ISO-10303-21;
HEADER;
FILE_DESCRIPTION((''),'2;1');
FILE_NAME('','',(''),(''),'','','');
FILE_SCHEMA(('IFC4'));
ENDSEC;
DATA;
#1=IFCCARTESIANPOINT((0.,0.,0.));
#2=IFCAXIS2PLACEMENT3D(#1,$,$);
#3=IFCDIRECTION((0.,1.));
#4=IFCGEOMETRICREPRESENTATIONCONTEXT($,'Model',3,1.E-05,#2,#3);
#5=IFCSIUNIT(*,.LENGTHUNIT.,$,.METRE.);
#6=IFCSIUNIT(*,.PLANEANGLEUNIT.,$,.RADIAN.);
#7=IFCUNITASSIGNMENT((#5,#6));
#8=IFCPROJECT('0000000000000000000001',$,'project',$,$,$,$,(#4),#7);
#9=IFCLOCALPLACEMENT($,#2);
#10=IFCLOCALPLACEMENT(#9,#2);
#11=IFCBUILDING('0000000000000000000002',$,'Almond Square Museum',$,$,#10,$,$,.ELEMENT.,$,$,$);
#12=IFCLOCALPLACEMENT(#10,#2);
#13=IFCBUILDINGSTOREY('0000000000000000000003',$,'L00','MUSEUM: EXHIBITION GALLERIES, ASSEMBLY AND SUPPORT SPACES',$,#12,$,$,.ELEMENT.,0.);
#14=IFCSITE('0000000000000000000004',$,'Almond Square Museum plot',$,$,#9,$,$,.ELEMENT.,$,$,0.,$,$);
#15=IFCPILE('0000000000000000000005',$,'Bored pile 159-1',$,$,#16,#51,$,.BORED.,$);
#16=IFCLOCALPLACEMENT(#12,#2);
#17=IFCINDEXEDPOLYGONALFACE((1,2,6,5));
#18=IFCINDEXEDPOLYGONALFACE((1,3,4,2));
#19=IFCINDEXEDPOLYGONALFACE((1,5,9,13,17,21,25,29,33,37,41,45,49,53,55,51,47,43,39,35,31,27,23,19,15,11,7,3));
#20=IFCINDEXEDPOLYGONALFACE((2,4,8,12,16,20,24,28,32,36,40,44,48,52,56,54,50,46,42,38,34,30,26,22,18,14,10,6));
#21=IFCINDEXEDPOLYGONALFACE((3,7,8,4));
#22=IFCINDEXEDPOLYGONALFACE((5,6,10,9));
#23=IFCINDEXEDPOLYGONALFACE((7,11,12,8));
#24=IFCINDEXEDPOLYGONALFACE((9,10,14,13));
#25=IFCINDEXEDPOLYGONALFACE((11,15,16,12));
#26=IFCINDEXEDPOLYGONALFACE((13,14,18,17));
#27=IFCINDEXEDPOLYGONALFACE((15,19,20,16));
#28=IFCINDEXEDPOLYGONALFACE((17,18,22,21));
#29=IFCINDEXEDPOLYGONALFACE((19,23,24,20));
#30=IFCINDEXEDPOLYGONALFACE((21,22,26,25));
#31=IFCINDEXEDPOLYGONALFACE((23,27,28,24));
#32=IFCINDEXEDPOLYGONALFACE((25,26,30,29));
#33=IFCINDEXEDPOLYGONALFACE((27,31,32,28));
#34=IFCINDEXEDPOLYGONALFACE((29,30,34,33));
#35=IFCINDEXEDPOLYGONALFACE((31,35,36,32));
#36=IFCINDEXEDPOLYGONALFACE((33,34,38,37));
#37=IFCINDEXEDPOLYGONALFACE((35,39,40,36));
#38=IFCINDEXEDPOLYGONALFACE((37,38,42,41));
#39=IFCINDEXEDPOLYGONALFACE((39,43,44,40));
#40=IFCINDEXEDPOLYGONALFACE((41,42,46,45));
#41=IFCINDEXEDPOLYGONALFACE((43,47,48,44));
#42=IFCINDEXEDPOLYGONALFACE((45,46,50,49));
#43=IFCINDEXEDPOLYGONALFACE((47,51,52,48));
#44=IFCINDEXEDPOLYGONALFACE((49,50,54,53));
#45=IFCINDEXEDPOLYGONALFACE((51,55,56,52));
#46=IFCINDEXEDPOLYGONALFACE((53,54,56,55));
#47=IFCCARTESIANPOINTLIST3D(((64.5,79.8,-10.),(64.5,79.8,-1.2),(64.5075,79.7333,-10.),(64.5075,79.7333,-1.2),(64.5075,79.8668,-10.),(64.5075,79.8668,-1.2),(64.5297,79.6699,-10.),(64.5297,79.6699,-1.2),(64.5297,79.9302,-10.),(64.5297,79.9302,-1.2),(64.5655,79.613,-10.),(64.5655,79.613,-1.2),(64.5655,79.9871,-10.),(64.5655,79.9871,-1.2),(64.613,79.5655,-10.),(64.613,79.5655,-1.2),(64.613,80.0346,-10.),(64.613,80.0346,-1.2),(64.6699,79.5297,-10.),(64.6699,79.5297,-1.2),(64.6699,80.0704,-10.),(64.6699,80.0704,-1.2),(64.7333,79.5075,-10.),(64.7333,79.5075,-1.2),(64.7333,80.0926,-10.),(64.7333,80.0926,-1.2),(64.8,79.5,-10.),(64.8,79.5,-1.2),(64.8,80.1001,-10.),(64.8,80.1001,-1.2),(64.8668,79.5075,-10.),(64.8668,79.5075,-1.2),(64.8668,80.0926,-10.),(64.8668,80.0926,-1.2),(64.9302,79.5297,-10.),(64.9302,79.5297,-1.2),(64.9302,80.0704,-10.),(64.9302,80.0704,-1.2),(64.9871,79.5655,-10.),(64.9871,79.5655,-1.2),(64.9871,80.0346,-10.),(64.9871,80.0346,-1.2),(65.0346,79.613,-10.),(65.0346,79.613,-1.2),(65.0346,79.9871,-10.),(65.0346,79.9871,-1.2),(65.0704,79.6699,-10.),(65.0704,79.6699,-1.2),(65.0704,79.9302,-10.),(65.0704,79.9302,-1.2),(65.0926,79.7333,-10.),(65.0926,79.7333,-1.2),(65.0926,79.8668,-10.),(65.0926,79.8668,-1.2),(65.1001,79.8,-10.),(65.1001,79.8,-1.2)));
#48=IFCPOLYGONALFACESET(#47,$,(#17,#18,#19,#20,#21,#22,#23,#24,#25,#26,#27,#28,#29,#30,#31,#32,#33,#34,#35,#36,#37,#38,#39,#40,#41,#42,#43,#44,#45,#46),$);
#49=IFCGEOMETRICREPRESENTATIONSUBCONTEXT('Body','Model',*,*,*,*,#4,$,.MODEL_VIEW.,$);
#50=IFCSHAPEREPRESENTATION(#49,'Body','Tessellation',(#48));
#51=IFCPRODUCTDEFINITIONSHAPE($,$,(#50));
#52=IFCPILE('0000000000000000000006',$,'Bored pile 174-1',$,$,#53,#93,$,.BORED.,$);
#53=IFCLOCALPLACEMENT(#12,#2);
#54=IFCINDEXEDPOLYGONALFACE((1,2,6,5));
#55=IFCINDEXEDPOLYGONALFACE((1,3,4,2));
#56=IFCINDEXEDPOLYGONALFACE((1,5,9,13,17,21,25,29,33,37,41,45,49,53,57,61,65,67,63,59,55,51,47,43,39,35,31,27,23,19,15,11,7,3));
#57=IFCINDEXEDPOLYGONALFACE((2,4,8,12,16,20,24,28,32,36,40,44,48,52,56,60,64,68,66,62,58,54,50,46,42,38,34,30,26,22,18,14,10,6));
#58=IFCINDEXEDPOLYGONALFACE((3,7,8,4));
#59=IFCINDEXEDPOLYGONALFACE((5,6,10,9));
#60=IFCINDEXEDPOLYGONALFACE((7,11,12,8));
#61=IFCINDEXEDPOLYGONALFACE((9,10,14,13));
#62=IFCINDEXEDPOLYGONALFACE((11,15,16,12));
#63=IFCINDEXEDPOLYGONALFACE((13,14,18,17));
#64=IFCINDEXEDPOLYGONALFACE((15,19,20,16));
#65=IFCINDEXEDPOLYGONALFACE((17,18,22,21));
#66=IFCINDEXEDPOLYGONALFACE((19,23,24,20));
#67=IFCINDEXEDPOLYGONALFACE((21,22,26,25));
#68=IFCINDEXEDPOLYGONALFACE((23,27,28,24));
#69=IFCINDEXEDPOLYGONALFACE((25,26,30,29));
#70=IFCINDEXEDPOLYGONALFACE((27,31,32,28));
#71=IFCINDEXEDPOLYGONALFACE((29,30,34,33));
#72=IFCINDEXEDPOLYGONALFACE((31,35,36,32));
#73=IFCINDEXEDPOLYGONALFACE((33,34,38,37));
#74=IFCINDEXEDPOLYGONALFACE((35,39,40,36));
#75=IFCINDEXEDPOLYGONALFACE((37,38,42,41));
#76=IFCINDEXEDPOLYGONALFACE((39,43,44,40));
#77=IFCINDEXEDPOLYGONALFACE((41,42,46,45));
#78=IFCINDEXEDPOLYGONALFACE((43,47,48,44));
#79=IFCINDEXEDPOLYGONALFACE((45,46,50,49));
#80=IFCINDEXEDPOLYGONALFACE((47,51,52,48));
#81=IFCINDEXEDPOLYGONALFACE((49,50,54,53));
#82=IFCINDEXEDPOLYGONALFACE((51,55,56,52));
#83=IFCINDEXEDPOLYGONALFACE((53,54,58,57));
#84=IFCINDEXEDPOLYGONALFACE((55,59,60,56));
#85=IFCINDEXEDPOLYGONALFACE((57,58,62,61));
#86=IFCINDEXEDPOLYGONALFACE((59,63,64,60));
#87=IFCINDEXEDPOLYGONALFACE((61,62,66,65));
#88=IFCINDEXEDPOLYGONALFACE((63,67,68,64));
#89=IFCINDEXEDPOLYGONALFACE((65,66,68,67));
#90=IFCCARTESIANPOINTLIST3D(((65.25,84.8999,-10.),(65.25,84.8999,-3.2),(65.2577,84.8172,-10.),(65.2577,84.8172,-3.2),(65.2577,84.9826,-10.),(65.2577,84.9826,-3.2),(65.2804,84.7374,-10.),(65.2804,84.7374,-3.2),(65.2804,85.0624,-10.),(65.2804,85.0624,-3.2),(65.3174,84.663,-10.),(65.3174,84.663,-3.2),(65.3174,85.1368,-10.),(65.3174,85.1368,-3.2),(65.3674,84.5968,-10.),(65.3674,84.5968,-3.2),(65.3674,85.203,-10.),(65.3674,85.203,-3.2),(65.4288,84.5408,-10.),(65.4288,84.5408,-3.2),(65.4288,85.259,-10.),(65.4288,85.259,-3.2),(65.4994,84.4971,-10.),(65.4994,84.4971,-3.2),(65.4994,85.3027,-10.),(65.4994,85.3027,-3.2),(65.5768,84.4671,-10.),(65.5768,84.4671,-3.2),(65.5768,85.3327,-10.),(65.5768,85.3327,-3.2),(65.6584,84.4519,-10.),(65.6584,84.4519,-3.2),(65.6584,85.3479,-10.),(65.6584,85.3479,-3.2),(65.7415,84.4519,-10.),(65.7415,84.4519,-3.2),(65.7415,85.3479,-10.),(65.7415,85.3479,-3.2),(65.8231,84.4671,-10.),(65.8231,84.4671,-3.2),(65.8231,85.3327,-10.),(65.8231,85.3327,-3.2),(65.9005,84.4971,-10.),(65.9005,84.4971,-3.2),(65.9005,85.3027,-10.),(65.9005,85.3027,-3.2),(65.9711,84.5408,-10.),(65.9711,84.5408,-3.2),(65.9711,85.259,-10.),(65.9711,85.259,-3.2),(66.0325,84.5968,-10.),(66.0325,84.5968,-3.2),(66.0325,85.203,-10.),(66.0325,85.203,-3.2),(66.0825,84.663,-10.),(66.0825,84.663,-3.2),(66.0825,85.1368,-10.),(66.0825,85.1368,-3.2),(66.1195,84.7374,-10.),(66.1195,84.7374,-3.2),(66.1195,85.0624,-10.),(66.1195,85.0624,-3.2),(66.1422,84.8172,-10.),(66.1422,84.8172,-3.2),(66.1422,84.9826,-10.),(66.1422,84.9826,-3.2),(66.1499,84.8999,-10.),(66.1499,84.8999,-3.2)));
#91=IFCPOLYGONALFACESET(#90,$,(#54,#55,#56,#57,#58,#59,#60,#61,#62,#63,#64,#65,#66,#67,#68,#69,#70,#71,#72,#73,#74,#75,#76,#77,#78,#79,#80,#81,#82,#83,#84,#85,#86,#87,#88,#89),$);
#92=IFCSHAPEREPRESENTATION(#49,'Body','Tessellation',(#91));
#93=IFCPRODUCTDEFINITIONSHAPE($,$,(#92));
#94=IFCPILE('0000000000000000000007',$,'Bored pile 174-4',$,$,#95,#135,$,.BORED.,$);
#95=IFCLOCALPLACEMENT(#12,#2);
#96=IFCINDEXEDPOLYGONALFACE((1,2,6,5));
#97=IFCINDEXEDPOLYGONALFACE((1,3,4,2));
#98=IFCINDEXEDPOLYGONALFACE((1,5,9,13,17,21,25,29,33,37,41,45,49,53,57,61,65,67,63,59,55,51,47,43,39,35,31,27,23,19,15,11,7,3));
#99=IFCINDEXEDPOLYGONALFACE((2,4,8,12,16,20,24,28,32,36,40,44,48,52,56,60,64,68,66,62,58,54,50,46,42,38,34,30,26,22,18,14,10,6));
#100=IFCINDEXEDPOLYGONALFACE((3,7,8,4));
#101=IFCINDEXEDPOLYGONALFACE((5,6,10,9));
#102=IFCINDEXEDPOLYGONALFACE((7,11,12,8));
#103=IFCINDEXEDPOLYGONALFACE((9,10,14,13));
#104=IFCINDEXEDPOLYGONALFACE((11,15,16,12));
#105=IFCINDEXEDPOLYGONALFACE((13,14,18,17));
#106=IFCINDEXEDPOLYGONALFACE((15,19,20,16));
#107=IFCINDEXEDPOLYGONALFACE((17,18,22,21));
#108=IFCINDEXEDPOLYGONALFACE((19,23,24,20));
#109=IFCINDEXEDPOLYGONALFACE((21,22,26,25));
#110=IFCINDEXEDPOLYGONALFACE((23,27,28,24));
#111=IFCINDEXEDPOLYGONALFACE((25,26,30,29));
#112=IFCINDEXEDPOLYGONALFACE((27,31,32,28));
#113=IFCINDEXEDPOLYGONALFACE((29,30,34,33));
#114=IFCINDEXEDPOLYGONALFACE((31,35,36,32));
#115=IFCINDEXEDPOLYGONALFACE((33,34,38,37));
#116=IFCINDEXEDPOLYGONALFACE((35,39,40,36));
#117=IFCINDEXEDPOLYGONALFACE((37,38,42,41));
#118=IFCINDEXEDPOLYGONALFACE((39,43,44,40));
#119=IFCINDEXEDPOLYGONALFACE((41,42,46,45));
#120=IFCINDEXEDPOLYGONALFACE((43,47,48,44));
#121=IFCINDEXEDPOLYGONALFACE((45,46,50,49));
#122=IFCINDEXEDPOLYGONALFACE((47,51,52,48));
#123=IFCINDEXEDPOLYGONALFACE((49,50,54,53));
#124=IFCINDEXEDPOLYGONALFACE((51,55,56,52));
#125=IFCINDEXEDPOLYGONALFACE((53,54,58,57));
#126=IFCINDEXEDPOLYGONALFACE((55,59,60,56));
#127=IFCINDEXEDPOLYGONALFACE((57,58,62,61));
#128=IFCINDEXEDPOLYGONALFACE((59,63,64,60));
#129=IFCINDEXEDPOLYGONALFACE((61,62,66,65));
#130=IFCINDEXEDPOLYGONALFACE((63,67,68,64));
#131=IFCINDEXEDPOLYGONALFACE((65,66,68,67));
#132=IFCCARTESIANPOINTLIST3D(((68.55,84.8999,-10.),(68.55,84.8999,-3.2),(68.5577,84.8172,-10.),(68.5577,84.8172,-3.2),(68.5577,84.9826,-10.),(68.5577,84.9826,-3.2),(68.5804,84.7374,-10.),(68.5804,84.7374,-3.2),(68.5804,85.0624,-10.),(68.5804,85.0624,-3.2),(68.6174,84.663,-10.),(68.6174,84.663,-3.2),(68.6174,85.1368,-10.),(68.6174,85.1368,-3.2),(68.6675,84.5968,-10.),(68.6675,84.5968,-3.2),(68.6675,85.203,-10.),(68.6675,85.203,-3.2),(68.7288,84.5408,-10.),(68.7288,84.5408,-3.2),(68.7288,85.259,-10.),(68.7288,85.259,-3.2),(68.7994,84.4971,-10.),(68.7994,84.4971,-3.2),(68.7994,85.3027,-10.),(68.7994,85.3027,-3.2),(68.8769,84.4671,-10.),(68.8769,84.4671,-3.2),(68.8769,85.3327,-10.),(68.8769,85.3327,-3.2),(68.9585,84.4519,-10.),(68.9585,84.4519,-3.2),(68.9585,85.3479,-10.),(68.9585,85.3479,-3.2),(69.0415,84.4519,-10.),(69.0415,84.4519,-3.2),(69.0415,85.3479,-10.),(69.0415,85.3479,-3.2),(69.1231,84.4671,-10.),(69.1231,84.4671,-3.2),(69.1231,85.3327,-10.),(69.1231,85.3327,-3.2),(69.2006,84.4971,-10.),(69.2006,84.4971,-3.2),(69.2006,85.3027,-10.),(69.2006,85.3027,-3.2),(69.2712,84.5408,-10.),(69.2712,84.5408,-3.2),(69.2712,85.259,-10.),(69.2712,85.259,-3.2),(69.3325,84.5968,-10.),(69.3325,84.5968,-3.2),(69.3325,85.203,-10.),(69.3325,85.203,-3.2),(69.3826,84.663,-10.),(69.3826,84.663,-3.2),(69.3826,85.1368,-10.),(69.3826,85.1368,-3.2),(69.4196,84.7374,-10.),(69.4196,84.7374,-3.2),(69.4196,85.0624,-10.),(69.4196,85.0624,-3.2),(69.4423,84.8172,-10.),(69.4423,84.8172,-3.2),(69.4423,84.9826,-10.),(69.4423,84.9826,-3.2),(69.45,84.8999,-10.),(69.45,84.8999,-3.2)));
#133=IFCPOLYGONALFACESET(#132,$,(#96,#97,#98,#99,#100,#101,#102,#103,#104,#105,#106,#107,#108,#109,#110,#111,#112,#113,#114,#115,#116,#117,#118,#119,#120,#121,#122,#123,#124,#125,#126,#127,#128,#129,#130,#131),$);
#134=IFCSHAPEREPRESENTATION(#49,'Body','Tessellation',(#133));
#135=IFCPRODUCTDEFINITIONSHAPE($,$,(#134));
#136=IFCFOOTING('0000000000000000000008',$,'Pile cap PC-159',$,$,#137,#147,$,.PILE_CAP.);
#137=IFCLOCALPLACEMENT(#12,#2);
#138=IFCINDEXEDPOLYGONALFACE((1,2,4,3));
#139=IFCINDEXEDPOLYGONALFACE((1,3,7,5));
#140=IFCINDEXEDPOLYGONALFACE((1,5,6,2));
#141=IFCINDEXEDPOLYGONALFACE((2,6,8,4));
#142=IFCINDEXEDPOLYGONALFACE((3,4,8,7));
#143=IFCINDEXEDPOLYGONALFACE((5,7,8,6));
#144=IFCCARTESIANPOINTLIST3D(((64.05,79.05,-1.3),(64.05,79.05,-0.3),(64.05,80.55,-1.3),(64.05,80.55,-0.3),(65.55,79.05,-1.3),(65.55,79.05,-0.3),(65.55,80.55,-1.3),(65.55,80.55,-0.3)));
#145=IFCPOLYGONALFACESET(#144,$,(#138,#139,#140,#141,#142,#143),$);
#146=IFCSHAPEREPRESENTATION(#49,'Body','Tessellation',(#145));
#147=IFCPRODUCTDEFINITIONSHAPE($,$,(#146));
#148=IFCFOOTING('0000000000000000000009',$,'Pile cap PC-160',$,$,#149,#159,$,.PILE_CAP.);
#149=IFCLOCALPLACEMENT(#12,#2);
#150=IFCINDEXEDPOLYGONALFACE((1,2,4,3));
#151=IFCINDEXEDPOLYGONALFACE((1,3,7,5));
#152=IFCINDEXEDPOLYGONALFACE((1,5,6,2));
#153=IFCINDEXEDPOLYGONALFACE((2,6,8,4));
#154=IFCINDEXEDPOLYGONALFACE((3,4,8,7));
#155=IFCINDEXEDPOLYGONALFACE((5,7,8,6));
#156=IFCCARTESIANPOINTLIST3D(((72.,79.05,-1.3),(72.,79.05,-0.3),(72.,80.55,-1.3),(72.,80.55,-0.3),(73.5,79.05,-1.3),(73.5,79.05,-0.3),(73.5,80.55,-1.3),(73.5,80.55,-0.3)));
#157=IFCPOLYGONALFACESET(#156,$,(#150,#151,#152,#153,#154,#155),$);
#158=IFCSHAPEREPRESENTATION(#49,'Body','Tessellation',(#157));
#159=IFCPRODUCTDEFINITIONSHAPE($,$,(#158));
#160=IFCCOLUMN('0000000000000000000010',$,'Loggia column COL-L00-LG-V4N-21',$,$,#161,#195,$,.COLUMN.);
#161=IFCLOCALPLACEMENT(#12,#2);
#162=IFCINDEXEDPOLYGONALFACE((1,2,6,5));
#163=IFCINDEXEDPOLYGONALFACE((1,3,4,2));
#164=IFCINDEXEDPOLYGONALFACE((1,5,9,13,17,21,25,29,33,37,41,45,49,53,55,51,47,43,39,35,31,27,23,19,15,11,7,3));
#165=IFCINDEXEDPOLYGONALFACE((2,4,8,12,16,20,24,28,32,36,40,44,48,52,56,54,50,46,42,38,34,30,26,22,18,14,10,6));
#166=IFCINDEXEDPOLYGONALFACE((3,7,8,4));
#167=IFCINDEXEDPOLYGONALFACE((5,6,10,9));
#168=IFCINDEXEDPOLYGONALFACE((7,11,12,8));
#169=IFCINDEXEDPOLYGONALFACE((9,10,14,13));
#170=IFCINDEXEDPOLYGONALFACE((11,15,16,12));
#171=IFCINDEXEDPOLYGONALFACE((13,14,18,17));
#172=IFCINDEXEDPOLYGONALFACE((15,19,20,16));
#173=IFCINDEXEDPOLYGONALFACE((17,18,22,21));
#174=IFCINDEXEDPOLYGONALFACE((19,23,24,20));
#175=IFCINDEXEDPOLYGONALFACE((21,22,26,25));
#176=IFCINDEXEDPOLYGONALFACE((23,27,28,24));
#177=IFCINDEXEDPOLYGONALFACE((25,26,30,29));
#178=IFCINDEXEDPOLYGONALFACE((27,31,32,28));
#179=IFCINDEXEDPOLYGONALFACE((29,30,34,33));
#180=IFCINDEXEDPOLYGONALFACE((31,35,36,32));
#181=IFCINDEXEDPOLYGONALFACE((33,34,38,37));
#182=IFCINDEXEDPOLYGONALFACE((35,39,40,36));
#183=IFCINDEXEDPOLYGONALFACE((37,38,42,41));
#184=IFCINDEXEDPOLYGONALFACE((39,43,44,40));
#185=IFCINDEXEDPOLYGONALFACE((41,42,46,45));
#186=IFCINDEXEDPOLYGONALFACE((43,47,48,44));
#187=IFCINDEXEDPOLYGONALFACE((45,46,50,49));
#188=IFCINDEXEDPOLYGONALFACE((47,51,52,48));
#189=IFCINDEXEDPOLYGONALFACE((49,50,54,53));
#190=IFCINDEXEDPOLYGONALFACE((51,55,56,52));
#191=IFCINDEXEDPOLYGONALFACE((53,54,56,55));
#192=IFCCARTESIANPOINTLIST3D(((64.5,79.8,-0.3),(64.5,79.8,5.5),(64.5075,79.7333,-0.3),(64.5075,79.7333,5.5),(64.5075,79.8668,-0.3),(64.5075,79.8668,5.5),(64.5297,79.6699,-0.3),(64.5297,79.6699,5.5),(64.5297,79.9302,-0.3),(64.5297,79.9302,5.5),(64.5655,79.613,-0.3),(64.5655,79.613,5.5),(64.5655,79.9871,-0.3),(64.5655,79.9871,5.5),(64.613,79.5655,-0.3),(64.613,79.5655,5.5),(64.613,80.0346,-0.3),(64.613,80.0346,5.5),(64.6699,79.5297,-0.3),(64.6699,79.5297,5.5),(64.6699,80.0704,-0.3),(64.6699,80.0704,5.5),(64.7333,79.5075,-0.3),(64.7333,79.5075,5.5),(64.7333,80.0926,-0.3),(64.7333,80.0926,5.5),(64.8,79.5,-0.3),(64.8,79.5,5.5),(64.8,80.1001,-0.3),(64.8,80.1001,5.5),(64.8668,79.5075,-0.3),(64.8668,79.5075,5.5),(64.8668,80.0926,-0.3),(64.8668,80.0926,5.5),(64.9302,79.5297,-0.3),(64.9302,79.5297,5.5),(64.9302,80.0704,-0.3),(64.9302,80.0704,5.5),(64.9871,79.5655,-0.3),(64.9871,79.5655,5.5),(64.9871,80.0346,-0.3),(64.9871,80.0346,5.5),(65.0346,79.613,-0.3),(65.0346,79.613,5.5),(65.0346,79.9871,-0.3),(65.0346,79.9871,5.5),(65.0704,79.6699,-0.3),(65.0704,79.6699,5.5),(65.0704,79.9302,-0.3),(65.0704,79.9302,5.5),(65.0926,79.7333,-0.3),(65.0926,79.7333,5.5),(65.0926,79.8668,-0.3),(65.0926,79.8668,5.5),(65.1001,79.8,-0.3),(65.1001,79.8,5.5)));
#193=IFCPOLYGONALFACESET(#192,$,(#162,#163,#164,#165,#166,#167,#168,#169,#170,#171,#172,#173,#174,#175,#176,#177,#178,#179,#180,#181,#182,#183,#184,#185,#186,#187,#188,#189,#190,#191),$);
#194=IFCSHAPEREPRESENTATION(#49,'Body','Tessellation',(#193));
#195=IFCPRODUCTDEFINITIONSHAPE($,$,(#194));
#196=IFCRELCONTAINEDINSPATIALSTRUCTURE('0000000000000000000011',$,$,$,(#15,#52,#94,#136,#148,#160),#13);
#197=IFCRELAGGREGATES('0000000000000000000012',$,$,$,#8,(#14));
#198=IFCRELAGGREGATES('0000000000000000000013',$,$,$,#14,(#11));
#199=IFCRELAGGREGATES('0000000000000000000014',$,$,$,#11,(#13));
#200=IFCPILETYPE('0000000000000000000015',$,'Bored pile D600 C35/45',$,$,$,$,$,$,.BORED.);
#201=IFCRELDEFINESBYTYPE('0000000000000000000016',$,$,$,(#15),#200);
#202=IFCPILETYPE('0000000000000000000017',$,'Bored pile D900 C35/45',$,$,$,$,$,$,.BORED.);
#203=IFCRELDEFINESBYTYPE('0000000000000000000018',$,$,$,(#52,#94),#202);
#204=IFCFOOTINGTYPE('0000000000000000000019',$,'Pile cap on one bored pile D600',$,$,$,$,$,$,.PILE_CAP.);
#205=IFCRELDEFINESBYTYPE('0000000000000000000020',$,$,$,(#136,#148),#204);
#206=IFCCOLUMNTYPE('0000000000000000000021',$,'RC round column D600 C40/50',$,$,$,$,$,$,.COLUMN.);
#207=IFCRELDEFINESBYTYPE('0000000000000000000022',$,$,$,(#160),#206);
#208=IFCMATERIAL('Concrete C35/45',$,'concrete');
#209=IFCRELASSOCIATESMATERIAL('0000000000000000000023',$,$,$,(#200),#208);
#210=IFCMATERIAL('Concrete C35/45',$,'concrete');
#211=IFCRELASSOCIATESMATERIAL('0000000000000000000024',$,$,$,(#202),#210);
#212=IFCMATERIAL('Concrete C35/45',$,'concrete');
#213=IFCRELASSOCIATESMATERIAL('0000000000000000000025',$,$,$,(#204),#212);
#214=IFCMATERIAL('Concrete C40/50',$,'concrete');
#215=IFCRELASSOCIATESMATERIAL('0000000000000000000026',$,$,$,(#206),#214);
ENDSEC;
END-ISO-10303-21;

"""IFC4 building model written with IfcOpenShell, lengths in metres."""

from ifc_helpers import new_model, si_unit, direction, frame, origin, origin_2d, place, context, subcontext, project, spatial, rectangle, circle, extrude, material, material_profile, profile_set, type_object, element, save


model = new_model("IFC4")

# Units and contexts
model_context = context("Model", 3, precision=1e-05, world=origin(), true_north=direction((0.0, 1.0)))
body_context = subcontext(model_context, "Body", "Model", "MODEL_VIEW")
ifc_project = project(units=[si_unit("LENGTHUNIT", "METRE"), si_unit("PLANEANGLEUNIT", "RADIAN")], contexts=[model_context])

# Site, building, storey
site_placement = place(None, origin())
site = spatial("IfcSite", under=ifc_project, at=site_placement, Name="Almond Square Museum plot", CompositionType="ELEMENT", RefElevation=0.0)
building_placement = place(site_placement, origin())
building = spatial("IfcBuilding", under=site, at=building_placement, Name="Almond Square Museum", CompositionType="ELEMENT")
storey_placement = place(building_placement, origin())
storey = spatial("IfcBuildingStorey", under=building, at=storey_placement, Name="L00", Description="MUSEUM: EXHIBITION GALLERIES, ASSEMBLY AND SUPPORT SPACES", CompositionType="ELEMENT", Elevation=0.0)

# Piles
ifc_material_1 = material(Name="Concrete C35/45", Category="concrete")
ifc_material_profile_1 = material_profile(ifc_material_1, circle(Radius=0.3, at=origin_2d()))
ifc_profile_set_1 = profile_set([ifc_material_profile_1], Name="Concrete C35/45")
pile_type_1 = type_object("IfcPileType", Name="Bored pile D600 C35/45", PredefinedType="BORED", material=ifc_profile_set_1)
pile_placement = place(storey_placement, frame((64.8, 79.8, -1.2), z_axis=(0.0, 0.0, -1.0), x_axis=(1.0, 0.0, 0.0)))
element("IfcPile", 1, at=pile_placement, inside=storey, type_object=pile_type_1, Name="Bored pile 159-1", PredefinedType="BORED", context=body_context, shape_type="SweptSolid", body=[
    extrude(circle(Radius=0.3, at=origin_2d()), origin(), (0.0, 0.0, 1.0), 8.8),
])
ifc_material_2 = material(Name="Concrete C35/45", Category="concrete")
ifc_material_profile_2 = material_profile(ifc_material_2, circle(Radius=0.45, at=origin_2d()))
ifc_profile_set_2 = profile_set([ifc_material_profile_2], Name="Concrete C35/45")
pile_type_2 = type_object("IfcPileType", Name="Bored pile D900 C35/45", PredefinedType="BORED", material=ifc_profile_set_2)
for number, where, z_axis, x_axis, name in (
    (2, (65.7, 84.8999, -3.2), (0.0, 0.0, -1.0), (1.0, 0.0, 0.0), "Bored pile 174-1"),
    (3, (69.0, 84.8999, -3.2), (0.0, 0.0, -1.0), (1.0, 0.0, 0.0), "Bored pile 174-4"),
):
    element("IfcPile", number, at=place(storey_placement, frame(where, z_axis=z_axis, x_axis=x_axis)), inside=storey, type_object=pile_type_2, Name=name, PredefinedType="BORED", context=body_context, shape_type="SweptSolid", body=[
        extrude(circle(Radius=0.45, at=origin_2d()), origin(), (0.0, 0.0, 1.0), 6.8),
    ])

# Footings
ifc_material_3 = material(Name="Concrete C35/45", Category="concrete")
footing_type = type_object("IfcFootingType", Name="Pile cap on one bored pile D600", PredefinedType="PILE_CAP", material=ifc_material_3)
for number, where, z_axis, x_axis, name in (
    (4, (64.8, 79.8, -1.3), (0.0, 0.0, 1.0), (1.0, 0.0, 0.0), "Pile cap PC-159"),
    (5, (72.75, 79.8, -1.3), (0.0, 0.0, 1.0), (1.0, 0.0, 0.0), "Pile cap PC-160"),
):
    element("IfcFooting", number, at=place(storey_placement, frame(where, z_axis=z_axis, x_axis=x_axis)), inside=storey, type_object=footing_type, Name=name, PredefinedType="PILE_CAP", context=body_context, shape_type="SweptSolid", body=[
        extrude(rectangle(XDim=1.5, YDim=1.5, at=origin_2d()), origin(), (0.0, 0.0, 1.0), 1.0),
    ])

# Column
ifc_material_4 = material(Name="Concrete C40/50", Category="concrete")
ifc_material_profile_3 = material_profile(ifc_material_4, circle(Radius=0.3, at=origin_2d()))
ifc_profile_set_3 = profile_set([ifc_material_profile_3], Name="Concrete C40/50")
column_type = type_object("IfcColumnType", Name="RC round column D600 C40/50", PredefinedType="COLUMN", material=ifc_profile_set_3)
for number, where, z_axis, x_axis, name in (
    (6, (64.8, 79.8, -0.3), (0.0, 0.0, 1.0), (1.0, 0.0, 0.0), "Loggia column COL-L00-LG-V4N-21"),
):
    element("IfcColumn", number, at=place(storey_placement, frame(where, z_axis=z_axis, x_axis=x_axis)), inside=storey, type_object=column_type, Name=name, PredefinedType="COLUMN", context=body_context, shape_type="SweptSolid", body=[
        extrude(circle(Radius=0.3, at=origin_2d()), origin(), (0.0, 0.0, 1.0), 5.8),
    ])

save(model, "model.ifc")
